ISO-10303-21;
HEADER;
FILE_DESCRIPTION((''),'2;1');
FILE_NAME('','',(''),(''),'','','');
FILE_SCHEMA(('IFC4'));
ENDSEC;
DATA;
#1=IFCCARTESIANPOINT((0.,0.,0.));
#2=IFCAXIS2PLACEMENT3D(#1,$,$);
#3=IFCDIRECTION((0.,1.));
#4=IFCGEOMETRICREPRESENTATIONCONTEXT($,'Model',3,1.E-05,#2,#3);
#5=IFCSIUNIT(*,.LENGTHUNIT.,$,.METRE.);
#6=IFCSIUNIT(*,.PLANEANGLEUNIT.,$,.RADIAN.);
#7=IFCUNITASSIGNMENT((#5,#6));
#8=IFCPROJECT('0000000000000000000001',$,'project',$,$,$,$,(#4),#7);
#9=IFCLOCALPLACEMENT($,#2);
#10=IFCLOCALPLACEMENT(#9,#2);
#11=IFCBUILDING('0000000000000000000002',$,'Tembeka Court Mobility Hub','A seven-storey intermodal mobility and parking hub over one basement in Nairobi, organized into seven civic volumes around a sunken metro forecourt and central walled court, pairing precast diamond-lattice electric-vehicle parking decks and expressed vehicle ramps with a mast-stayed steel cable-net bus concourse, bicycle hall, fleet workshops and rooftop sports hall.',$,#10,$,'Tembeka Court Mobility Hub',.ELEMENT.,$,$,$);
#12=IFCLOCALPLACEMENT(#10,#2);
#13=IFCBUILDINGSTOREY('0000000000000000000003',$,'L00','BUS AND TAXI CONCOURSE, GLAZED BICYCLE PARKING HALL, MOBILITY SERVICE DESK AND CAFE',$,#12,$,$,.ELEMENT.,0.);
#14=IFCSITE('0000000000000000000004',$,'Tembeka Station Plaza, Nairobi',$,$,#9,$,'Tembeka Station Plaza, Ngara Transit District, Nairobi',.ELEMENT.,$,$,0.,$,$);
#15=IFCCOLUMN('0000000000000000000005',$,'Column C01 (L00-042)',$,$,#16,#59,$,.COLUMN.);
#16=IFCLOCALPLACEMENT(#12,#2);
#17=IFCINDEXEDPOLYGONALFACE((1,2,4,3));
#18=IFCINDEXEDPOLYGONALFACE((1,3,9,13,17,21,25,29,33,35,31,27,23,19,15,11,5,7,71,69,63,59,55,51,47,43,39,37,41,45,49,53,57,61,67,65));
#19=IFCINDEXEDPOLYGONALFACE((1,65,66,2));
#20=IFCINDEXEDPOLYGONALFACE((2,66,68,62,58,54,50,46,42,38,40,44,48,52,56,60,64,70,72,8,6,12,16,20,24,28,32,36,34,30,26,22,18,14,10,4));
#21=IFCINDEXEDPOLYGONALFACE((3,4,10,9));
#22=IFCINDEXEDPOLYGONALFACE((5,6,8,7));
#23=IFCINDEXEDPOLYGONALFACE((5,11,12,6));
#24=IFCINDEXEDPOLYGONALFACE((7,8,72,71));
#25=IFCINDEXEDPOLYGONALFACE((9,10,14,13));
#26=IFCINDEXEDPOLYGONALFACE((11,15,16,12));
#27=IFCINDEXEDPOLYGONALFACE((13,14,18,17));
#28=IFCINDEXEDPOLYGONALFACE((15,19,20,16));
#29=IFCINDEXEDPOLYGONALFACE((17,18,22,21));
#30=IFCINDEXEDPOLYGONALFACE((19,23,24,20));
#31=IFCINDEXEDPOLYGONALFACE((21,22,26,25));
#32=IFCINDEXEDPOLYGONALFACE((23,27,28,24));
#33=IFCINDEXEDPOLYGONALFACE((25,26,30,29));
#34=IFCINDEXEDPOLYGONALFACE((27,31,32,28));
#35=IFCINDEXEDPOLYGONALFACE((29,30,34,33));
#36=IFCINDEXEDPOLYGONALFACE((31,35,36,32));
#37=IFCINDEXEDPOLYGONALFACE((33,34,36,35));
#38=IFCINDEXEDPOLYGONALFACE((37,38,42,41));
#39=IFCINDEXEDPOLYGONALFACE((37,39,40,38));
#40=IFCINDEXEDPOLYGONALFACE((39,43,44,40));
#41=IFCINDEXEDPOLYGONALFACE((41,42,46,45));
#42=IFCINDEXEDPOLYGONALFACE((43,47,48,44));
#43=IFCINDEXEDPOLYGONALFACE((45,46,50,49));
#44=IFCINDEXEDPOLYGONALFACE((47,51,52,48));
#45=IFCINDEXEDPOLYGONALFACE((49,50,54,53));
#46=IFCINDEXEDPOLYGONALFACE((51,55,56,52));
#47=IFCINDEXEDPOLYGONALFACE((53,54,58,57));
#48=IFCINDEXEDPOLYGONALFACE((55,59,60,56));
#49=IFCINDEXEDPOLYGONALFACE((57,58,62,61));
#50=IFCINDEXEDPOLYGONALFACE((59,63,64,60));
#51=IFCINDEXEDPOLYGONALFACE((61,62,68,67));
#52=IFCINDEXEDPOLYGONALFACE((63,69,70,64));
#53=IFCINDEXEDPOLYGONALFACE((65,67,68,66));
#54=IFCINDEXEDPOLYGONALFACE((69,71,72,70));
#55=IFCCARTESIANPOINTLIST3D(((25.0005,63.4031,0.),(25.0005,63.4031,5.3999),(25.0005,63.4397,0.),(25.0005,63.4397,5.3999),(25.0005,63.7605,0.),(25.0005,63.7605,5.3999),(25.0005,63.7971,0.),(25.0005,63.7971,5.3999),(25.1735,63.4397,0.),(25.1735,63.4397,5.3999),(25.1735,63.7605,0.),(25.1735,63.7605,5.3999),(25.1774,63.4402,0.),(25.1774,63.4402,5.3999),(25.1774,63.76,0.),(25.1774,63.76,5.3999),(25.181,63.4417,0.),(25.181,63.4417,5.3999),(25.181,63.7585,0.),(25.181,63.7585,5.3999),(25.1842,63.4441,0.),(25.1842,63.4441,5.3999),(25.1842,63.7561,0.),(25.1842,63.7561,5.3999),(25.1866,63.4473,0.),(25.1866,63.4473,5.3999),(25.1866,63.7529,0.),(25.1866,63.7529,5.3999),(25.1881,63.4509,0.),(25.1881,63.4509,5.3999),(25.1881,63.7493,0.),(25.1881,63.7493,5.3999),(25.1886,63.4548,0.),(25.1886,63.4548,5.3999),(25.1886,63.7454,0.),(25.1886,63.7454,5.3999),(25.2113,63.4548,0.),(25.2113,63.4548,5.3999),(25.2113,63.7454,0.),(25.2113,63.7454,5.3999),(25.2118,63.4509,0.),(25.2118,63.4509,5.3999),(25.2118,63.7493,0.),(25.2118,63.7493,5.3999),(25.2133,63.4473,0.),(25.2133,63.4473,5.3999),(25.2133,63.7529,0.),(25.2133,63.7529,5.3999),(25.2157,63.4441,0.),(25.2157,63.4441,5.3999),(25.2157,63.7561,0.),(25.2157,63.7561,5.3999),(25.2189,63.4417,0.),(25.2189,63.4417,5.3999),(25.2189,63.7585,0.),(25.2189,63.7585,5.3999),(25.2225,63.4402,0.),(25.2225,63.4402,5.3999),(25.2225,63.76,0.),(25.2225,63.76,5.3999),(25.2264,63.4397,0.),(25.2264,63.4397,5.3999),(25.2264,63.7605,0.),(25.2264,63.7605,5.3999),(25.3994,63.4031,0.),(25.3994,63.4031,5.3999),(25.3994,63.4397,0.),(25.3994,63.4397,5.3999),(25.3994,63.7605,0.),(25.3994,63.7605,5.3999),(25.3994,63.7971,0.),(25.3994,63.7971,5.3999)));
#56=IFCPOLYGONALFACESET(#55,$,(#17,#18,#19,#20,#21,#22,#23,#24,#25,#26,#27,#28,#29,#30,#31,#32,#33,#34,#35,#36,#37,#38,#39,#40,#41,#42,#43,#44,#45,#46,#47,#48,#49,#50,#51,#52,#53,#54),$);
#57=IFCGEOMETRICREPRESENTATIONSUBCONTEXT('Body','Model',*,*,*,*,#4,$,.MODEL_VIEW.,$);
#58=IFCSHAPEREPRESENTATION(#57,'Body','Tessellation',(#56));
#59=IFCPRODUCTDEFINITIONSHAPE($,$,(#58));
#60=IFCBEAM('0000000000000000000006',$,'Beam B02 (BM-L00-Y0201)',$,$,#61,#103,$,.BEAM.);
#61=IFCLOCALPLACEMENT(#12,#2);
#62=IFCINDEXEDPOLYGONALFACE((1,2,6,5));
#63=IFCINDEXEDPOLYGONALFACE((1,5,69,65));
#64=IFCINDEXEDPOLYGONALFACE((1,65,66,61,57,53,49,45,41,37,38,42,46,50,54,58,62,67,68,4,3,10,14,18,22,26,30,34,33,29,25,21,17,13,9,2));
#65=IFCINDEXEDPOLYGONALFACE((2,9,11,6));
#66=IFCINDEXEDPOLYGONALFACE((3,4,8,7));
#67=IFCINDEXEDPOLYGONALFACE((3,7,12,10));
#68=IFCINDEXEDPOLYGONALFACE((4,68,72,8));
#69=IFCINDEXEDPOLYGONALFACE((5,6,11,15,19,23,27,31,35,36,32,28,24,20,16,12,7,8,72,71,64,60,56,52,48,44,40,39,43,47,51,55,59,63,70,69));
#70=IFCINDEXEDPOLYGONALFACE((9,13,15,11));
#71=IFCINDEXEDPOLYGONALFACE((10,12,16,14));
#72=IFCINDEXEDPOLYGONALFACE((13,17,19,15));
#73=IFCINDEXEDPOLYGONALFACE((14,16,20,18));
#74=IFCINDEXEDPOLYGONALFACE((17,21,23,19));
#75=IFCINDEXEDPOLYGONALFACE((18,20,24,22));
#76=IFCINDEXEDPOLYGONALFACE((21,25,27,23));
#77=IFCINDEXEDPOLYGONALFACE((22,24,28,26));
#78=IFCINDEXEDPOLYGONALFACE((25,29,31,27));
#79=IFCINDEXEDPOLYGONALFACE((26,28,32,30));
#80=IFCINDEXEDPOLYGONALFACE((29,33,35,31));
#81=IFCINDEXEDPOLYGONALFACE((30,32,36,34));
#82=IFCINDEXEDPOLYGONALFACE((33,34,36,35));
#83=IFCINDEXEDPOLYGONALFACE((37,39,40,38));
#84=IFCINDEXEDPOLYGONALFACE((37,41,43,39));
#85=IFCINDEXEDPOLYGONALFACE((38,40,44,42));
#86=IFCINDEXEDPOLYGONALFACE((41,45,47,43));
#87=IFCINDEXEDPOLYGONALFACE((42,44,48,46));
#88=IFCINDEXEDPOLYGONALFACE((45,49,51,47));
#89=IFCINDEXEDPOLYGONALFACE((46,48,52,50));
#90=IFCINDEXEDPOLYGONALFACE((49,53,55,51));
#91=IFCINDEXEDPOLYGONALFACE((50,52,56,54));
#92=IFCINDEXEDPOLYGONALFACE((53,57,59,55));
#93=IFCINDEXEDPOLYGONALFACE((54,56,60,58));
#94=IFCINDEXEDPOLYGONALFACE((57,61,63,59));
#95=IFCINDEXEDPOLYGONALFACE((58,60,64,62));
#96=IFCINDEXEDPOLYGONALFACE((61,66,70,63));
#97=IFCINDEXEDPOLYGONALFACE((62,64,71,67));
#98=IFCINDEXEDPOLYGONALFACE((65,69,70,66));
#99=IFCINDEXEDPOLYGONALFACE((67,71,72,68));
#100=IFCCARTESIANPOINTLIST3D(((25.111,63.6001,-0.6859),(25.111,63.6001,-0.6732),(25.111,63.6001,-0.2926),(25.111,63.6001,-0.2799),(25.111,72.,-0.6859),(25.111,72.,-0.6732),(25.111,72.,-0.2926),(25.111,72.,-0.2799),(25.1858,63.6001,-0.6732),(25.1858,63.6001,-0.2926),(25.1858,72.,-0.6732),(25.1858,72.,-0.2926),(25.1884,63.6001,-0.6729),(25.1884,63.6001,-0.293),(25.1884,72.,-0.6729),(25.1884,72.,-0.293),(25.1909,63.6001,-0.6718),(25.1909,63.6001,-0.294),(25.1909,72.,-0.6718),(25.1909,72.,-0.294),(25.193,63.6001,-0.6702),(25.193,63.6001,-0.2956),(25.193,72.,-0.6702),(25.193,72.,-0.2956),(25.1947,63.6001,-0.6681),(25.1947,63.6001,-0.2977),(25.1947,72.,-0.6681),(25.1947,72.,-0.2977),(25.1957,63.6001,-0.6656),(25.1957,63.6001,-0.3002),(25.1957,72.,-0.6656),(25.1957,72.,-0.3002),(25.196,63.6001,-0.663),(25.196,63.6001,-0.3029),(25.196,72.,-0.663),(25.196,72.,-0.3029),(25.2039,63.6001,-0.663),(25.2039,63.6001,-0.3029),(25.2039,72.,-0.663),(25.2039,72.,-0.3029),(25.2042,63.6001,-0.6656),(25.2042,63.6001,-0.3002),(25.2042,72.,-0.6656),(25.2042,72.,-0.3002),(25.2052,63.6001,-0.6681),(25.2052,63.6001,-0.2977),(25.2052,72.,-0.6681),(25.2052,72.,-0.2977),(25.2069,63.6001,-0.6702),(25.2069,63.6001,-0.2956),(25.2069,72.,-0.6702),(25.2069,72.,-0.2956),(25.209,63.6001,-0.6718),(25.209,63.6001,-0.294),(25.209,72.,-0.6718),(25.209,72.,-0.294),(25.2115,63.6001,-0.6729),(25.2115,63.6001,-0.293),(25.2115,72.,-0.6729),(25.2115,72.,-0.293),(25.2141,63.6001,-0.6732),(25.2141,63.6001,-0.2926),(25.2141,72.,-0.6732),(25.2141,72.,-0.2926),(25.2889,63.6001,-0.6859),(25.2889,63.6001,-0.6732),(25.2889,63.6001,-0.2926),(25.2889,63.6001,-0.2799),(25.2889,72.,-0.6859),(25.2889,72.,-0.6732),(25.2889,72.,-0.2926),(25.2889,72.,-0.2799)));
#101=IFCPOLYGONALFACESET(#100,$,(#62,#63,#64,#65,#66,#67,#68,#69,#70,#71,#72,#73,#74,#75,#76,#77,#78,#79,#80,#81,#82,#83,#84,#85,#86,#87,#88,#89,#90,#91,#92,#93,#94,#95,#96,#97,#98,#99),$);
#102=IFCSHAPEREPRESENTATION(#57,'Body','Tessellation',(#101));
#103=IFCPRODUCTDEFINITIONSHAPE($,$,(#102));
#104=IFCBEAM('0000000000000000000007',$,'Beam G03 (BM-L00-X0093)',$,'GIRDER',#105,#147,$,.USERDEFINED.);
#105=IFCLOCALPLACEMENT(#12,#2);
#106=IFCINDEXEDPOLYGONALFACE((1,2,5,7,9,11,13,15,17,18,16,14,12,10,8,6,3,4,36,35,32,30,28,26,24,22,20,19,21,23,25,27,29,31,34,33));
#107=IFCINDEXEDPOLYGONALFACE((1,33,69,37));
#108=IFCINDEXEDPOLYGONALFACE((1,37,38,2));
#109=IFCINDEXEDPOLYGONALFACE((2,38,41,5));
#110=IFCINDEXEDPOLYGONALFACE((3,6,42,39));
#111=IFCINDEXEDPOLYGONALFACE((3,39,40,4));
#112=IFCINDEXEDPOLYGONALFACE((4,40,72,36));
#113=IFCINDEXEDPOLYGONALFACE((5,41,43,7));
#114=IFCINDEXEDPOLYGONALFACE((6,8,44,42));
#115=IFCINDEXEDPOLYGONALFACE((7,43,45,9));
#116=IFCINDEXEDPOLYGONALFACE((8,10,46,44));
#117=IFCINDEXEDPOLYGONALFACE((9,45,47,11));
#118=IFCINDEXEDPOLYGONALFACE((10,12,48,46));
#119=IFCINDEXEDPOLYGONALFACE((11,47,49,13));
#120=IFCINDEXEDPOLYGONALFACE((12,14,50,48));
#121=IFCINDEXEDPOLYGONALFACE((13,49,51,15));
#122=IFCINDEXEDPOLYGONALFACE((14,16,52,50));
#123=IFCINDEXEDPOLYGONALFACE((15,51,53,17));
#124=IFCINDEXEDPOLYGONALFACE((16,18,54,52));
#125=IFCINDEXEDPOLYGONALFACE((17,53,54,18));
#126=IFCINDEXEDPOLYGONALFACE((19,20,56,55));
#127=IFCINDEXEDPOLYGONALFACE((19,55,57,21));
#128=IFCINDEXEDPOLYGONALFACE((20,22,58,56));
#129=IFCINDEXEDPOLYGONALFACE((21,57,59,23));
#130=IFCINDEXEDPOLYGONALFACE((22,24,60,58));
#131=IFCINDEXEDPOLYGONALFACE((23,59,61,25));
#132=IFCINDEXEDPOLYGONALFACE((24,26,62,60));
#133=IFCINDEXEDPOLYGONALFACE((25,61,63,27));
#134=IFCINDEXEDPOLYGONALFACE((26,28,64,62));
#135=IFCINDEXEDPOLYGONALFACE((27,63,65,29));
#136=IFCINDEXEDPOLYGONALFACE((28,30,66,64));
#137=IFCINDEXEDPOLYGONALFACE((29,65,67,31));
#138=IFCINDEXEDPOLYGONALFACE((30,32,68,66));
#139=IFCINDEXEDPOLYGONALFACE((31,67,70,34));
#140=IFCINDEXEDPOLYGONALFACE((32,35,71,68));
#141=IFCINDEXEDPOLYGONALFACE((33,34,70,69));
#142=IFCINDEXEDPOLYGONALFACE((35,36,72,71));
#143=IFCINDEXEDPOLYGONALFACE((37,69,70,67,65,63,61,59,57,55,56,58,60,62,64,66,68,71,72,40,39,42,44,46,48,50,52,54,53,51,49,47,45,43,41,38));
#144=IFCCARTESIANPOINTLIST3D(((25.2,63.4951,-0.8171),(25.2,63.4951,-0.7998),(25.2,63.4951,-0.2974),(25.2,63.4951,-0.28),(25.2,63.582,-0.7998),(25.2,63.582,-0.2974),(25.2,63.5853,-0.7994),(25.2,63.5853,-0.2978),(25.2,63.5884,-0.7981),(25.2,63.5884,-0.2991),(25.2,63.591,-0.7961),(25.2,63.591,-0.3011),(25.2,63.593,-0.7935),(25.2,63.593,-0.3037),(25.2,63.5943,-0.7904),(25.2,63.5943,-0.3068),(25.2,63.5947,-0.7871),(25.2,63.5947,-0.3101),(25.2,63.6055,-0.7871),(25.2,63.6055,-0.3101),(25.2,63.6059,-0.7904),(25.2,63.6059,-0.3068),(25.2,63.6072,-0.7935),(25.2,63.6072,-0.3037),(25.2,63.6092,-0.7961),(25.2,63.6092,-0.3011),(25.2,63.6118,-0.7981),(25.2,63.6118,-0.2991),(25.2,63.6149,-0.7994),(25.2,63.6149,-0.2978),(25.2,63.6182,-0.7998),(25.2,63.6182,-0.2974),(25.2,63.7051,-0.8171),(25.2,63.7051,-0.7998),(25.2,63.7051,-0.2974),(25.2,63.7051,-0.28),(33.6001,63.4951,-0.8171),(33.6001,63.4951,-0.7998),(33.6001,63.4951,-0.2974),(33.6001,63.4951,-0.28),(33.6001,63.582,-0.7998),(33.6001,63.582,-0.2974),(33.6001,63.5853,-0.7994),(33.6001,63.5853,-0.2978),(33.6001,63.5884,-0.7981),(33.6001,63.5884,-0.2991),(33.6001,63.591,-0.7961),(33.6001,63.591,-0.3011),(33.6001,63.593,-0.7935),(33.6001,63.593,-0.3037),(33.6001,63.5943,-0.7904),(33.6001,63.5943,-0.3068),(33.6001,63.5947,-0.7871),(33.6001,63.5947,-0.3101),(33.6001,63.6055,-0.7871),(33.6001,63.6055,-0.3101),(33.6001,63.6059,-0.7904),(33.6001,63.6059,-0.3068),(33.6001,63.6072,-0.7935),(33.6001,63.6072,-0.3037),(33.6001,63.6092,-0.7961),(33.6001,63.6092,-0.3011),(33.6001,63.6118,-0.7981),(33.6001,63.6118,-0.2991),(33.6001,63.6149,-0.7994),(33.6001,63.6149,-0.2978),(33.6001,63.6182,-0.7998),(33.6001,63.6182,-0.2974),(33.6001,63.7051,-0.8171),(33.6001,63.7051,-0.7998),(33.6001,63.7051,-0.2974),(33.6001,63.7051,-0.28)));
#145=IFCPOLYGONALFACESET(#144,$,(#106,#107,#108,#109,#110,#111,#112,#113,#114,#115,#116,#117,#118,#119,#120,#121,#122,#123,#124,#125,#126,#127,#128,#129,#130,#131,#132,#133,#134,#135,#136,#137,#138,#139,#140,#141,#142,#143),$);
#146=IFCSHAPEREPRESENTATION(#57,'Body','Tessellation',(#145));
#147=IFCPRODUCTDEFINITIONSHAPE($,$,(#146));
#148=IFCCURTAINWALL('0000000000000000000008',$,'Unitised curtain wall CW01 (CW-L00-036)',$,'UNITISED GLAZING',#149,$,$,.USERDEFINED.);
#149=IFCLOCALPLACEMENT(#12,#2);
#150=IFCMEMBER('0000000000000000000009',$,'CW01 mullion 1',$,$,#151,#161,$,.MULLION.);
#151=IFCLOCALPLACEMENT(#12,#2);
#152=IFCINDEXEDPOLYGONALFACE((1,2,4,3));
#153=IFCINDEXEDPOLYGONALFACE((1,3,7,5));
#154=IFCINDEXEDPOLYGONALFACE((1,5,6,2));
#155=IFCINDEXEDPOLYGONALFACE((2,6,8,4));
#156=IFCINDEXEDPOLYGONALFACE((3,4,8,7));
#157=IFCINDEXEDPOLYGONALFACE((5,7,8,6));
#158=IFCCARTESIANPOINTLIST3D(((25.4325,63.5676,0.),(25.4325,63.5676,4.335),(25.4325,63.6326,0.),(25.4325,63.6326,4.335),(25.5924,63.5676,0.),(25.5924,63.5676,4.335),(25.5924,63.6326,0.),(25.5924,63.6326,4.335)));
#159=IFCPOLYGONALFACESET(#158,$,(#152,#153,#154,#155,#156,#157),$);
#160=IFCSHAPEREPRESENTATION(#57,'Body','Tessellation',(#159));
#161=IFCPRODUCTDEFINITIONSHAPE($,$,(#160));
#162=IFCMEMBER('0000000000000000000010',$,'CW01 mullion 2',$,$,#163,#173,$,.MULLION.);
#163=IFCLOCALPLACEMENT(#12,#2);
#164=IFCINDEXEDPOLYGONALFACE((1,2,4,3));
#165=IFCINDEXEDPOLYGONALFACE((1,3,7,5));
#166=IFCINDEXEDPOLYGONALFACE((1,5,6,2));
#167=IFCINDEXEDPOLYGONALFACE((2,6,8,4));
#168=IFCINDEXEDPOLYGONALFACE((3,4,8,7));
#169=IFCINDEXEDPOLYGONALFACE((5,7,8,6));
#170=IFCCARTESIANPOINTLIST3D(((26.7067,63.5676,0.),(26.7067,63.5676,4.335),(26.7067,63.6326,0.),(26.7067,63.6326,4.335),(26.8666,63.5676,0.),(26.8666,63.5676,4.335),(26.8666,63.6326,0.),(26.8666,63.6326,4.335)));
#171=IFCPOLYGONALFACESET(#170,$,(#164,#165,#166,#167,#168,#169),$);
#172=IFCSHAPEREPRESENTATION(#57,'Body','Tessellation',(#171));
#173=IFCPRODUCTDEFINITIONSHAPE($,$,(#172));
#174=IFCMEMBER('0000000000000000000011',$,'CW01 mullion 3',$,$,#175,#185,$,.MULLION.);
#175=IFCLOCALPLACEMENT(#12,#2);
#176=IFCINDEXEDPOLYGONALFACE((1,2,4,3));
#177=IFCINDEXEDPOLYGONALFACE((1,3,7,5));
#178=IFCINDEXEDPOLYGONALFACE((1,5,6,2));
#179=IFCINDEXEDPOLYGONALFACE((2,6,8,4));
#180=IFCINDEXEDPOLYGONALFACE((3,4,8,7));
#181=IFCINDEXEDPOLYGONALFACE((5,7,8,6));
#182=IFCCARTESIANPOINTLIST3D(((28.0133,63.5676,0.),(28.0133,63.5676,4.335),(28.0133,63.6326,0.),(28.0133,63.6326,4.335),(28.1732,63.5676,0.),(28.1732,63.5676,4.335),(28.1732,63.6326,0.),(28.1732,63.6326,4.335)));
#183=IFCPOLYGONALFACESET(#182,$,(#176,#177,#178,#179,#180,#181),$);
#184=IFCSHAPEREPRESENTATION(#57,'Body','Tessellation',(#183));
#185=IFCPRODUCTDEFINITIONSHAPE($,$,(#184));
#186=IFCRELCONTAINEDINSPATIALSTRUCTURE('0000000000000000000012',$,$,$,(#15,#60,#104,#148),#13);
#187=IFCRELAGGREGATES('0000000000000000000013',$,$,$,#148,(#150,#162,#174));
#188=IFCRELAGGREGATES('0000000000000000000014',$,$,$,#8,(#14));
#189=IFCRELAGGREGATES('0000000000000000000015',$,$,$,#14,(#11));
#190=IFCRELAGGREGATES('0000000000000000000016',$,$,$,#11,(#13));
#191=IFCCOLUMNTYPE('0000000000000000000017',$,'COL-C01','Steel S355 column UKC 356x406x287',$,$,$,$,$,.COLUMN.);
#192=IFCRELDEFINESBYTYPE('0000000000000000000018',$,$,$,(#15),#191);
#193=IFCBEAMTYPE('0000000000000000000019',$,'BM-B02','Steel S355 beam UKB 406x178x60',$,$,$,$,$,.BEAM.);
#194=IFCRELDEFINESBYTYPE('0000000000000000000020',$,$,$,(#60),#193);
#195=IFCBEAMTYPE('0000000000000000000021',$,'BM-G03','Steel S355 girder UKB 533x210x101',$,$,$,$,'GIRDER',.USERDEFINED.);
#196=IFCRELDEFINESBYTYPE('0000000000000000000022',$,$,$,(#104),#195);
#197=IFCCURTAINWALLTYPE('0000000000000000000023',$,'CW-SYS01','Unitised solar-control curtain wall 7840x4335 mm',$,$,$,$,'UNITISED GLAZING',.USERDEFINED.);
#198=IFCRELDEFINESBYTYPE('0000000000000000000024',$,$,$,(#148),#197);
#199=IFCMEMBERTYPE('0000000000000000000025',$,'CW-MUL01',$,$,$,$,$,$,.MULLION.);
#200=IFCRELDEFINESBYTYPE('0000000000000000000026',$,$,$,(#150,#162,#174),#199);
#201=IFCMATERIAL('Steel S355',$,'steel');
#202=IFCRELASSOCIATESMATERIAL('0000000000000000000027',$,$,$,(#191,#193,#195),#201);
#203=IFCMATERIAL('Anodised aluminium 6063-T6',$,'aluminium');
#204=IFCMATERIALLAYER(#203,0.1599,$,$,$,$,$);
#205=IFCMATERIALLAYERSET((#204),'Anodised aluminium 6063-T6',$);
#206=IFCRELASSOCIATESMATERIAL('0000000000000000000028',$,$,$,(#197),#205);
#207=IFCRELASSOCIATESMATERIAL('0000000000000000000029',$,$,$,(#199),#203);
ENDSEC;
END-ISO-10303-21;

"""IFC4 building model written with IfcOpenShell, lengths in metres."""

from ifc_helpers import new_model, si_unit, direction, frame, origin, origin_2d, place, context, subcontext, project, spatial, rectangle, i_section, extrude, material, layer, layer_set, material_profile, profile_set, type_object, element, aggregate, save


model = new_model("IFC4")

# Units and contexts
model_context = context("Model", 3, precision=1e-05, world=origin(), true_north=direction((0.0, 1.0)))
body_context = subcontext(model_context, "Body", "Model", "MODEL_VIEW")
ifc_project = project(units=[si_unit("LENGTHUNIT", "METRE"), si_unit("PLANEANGLEUNIT", "RADIAN")], contexts=[model_context])

# Site, building, storey
site_placement = place(None, origin())
site = spatial("IfcSite", under=ifc_project, at=site_placement, Name="Tembeka Station Plaza, Nairobi", LongName="Tembeka Station Plaza, Ngara Transit District, Nairobi", CompositionType="ELEMENT", RefElevation=0.0)
building_placement = place(site_placement, origin())
building = spatial("IfcBuilding", under=site, at=building_placement, Name="Tembeka Court Mobility Hub", Description="A seven-storey intermodal mobility and parking hub over one basement in Nairobi, organized into seven civic volumes around a sunken metro forecourt and central walled court, pairing precast diamond-lattice electric-vehicle parking decks and expressed vehicle ramps with a mast-stayed steel cable-net bus concourse, bicycle hall, fleet workshops and rooftop sports hall.", LongName="Tembeka Court Mobility Hub", CompositionType="ELEMENT")
storey_placement = place(building_placement, origin())
storey = spatial("IfcBuildingStorey", under=building, at=storey_placement, Name="L00", Description="BUS AND TAXI CONCOURSE, GLAZED BICYCLE PARKING HALL, MOBILITY SERVICE DESK AND CAFE", CompositionType="ELEMENT", Elevation=0.0)

# Column
ifc_material_1 = material(Name="Steel S355", Category="steel")
ifc_material_profile_1 = material_profile(ifc_material_1, i_section(OverallWidth=0.3989, OverallDepth=0.394, WebThickness=0.0227, FlangeThickness=0.0366, FilletRadius=0.0151, at=origin_2d()), Name="UKC 356x406x287")
ifc_profile_set_1 = profile_set([ifc_material_profile_1], Name="Steel S355")
column_type = type_object("IfcColumnType", Name="COL-C01", Description="Steel S355 column UKC 356x406x287", PredefinedType="COLUMN", material=ifc_profile_set_1)
column_placement = place(storey_placement, frame((25.2, 63.6001, 0.0), z_axis=(0.0, 0.0, 1.0), x_axis=(1.0, 0.0, 0.0)))
element("IfcColumn", 1, at=column_placement, inside=storey, type_object=column_type, Name="Column C01 (L00-042)", PredefinedType="COLUMN", context=body_context, shape_type="SweptSolid", body=[
    extrude(i_section(OverallWidth=0.3989, OverallDepth=0.394, WebThickness=0.0227, FlangeThickness=0.0366, FilletRadius=0.0151, at=origin_2d()), origin(), (0.0, 0.0, 1.0), 5.3999),
])

# Beams
ifc_material_profile_2 = material_profile(ifc_material_1, i_section(OverallWidth=0.178, OverallDepth=0.406, WebThickness=0.0078, FlangeThickness=0.0127, FilletRadius=0.0103, at=origin_2d()), Name="UKB 406x178x60")
ifc_profile_set_2 = profile_set([ifc_material_profile_2], Name="Steel S355")
beam_type_1 = type_object("IfcBeamType", Name="BM-B02", Description="Steel S355 beam UKB 406x178x60", PredefinedType="BEAM", material=ifc_profile_set_2)
beam_1_placement = place(storey_placement, frame((25.2, 63.6001, -0.4829), z_axis=(0.0, 1.0, 0.0), x_axis=(-1.0, 0.0, 0.0)))
element("IfcBeam", 2, at=beam_1_placement, inside=storey, type_object=beam_type_1, Name="Beam B02 (BM-L00-Y0201)", PredefinedType="BEAM", context=body_context, shape_type="SweptSolid", body=[
    extrude(i_section(OverallWidth=0.178, OverallDepth=0.406, WebThickness=0.0078, FlangeThickness=0.0127, FilletRadius=0.0103, at=origin_2d()), origin(), (0.0, 0.0, 1.0), 8.3999),
])
ifc_material_profile_3 = material_profile(ifc_material_1, i_section(OverallWidth=0.21, OverallDepth=0.5371, WebThickness=0.0107, FlangeThickness=0.0173, FilletRadius=0.0127, at=origin_2d()), Name="UKB 533x210x101")
ifc_profile_set_3 = profile_set([ifc_material_profile_3], Name="Steel S355")
beam_type_2 = type_object("IfcBeamType", Name="BM-G03", Description="Steel S355 girder UKB 533x210x101", ElementType="GIRDER", PredefinedType="USERDEFINED", material=ifc_profile_set_3)
beam_2_placement = place(storey_placement, frame((25.2, 63.6001, -0.5486), z_axis=(1.0, 0.0, 0.0), x_axis=(0.0, 1.0, 0.0)))
element("IfcBeam", 3, at=beam_2_placement, inside=storey, type_object=beam_type_2, Name="Beam G03 (BM-L00-X0093)", ObjectType="GIRDER", PredefinedType="USERDEFINED", context=body_context, shape_type="SweptSolid", body=[
    extrude(i_section(OverallWidth=0.21, OverallDepth=0.5371, WebThickness=0.0107, FlangeThickness=0.0173, FilletRadius=0.0127, at=origin_2d()), origin(), (0.0, 0.0, 1.0), 8.4001),
])

# Curtain wall, members
ifc_material_2 = material(Name="Anodised aluminium 6063-T6", Category="aluminium")
ifc_layer_1 = layer(ifc_material_2, 0.1599)
ifc_layer_set_1 = layer_set([ifc_layer_1], Name="Anodised aluminium 6063-T6")
curtain_wall_type = type_object("IfcCurtainWallType", Name="CW-SYS01", Description="Unitised solar-control curtain wall 7840x4335 mm", ElementType="UNITISED GLAZING", PredefinedType="USERDEFINED", material=ifc_layer_set_1)
curtain_wall_placement = place(storey_placement, origin())
curtain_wall = element("IfcCurtainWall", 4, at=curtain_wall_placement, inside=storey, type_object=curtain_wall_type, Name="Unitised curtain wall CW01 (CW-L00-036)", ObjectType="UNITISED GLAZING", PredefinedType="USERDEFINED")
ifc_material_profile_4 = material_profile(ifc_material_2, rectangle(XDim=0.0649, YDim=0.1599, at=origin_2d()), Name="ALU-MUL 65x160")
ifc_profile_set_4 = profile_set([ifc_material_profile_4], Name="Anodised aluminium 6063-T6")
member_type_1 = type_object("IfcMemberType", Name="CW-MUL01", PredefinedType="MULLION", material=ifc_profile_set_4)
member_1_placement = place(storey_placement, frame((25.5125, 63.6001, 0.0), z_axis=(0.0, 0.0, 1.0), x_axis=(0.0, 1.0, 0.0)))
member_1 = element("IfcMember", 5, at=member_1_placement, type_object=member_type_1, Name="CW01 mullion 1", PredefinedType="MULLION", context=body_context, shape_type="SweptSolid", body=[
    extrude(rectangle(XDim=0.0649, YDim=0.1599, at=origin_2d()), origin(), (0.0, 0.0, 1.0), 4.335),
])
member_2_placement = place(storey_placement, frame((26.7866, 63.6001, 0.0), z_axis=(0.0, 0.0, 1.0), x_axis=(0.0, 1.0, 0.0)))
member_2 = element("IfcMember", 6, at=member_2_placement, type_object=member_type_1, Name="CW01 mullion 2", PredefinedType="MULLION", context=body_context, shape_type="SweptSolid", body=[
    extrude(rectangle(XDim=0.0649, YDim=0.1599, at=origin_2d()), origin(), (0.0, 0.0, 1.0), 4.335),
])
member_3_placement = place(storey_placement, frame((28.0933, 63.6001, 0.0), z_axis=(0.0, 0.0, 1.0), x_axis=(0.0, 1.0, 0.0)))
member_3 = element("IfcMember", 7, at=member_3_placement, type_object=member_type_1, Name="CW01 mullion 3", PredefinedType="MULLION", context=body_context, shape_type="SweptSolid", body=[
    extrude(rectangle(XDim=0.0649, YDim=0.1599, at=origin_2d()), origin(), (0.0, 0.0, 1.0), 4.335),
])
aggregate(curtain_wall, [member_1, member_2, member_3])

save(model, "model.ifc")
